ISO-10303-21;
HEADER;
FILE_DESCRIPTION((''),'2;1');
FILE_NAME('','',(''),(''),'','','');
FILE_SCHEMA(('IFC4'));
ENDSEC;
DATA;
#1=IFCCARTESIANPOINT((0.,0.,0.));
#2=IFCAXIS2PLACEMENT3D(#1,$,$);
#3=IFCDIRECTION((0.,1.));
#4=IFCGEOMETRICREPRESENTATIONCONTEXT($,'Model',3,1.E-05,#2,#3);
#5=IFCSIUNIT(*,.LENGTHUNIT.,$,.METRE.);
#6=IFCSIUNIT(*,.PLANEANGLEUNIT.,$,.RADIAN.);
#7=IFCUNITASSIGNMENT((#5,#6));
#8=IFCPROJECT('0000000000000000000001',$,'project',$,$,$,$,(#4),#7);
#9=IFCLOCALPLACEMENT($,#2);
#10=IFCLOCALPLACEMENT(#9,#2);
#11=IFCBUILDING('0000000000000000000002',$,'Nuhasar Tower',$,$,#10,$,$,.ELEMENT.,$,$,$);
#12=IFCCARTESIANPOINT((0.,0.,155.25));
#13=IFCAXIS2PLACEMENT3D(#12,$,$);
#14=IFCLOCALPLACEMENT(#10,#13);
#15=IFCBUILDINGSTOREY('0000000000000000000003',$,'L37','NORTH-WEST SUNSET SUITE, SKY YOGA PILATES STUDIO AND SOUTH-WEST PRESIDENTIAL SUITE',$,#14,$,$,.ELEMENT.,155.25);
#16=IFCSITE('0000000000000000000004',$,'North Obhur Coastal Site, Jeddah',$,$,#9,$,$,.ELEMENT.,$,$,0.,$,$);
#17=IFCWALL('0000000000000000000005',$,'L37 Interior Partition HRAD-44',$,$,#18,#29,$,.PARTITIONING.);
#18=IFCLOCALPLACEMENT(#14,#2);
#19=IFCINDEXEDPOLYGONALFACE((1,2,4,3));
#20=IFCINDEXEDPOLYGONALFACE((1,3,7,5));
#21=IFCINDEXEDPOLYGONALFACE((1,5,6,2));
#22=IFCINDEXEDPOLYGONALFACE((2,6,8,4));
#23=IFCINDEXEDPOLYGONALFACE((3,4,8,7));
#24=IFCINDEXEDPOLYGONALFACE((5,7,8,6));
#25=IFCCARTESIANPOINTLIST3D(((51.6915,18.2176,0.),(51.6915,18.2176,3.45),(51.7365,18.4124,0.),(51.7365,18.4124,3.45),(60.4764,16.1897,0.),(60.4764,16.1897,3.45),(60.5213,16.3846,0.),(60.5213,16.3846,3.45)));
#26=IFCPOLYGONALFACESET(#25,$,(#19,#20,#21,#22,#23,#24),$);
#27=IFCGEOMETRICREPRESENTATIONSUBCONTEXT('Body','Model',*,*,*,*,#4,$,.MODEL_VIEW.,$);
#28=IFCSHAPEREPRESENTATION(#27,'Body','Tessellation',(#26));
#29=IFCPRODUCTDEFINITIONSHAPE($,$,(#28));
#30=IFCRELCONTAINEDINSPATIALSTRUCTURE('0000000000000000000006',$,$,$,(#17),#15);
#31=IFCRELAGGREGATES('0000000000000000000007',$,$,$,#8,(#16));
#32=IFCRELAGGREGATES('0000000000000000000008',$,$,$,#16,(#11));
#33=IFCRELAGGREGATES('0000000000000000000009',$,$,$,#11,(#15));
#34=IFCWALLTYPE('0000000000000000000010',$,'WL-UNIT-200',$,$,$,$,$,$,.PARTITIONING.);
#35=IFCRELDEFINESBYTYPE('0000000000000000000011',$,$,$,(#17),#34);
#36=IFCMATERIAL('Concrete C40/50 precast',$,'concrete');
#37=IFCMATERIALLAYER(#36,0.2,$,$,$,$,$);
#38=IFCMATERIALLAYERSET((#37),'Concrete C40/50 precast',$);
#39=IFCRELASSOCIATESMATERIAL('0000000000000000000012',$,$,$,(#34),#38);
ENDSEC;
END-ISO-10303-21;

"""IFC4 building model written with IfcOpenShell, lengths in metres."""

from ifc_helpers import new_model, si_unit, direction, frame, frame_2d, origin, place, context, subcontext, project, spatial, rectangle, extrude, material, layer, layer_set, type_object, element, save


model = new_model("IFC4")

# Units and contexts
model_context = context("Model", 3, precision=1e-05, world=origin(), true_north=direction((0.0, 1.0)))
body_context = subcontext(model_context, "Body", "Model", "MODEL_VIEW")
ifc_project = project(units=[si_unit("LENGTHUNIT", "METRE"), si_unit("PLANEANGLEUNIT", "RADIAN")], contexts=[model_context])

# Site, building, storey
site_placement = place(None, origin())
site = spatial("IfcSite", under=ifc_project, at=site_placement, Name="North Obhur Coastal Site, Jeddah", CompositionType="ELEMENT", RefElevation=0.0)
building_placement = place(site_placement, origin())
building = spatial("IfcBuilding", under=site, at=building_placement, Name="Nuhasar Tower", CompositionType="ELEMENT")
storey_placement = place(building_placement, frame((0.0, 0.0, 155.25)))
storey = spatial("IfcBuildingStorey", under=building, at=storey_placement, Name="L37", Description="NORTH-WEST SUNSET SUITE, SKY YOGA PILATES STUDIO AND SOUTH-WEST PRESIDENTIAL SUITE", CompositionType="ELEMENT", Elevation=155.25)

# Wall
ifc_material_1 = material(Name="Concrete C40/50 precast", Category="concrete")
ifc_layer_1 = layer(ifc_material_1, 0.2)
ifc_layer_set_1 = layer_set([ifc_layer_1], Name="Concrete C40/50 precast")
wall_type_1 = type_object("IfcWallType", Name="WL-UNIT-200", PredefinedType="PARTITIONING", material=ifc_layer_set_1)
wall_1_placement = place(storey_placement, frame((51.7141, 18.3149, 0.0), z_axis=(0.0, 0.0, 1.0), x_axis=(0.974378, -0.224917, 0.0)))
element("IfcWall", 1, at=wall_1_placement, inside=storey, type_object=wall_type_1, Name="L37 Interior Partition HRAD-44", PredefinedType="PARTITIONING", context=body_context, shape_type="SweptSolid", body=[
    extrude(rectangle(XDim=9.0159, YDim=0.2, at=frame_2d((4.5078, 0.0))), origin(), (0.0, 0.0, 1.0), 3.45),
])

save(model, "model.ifc")
